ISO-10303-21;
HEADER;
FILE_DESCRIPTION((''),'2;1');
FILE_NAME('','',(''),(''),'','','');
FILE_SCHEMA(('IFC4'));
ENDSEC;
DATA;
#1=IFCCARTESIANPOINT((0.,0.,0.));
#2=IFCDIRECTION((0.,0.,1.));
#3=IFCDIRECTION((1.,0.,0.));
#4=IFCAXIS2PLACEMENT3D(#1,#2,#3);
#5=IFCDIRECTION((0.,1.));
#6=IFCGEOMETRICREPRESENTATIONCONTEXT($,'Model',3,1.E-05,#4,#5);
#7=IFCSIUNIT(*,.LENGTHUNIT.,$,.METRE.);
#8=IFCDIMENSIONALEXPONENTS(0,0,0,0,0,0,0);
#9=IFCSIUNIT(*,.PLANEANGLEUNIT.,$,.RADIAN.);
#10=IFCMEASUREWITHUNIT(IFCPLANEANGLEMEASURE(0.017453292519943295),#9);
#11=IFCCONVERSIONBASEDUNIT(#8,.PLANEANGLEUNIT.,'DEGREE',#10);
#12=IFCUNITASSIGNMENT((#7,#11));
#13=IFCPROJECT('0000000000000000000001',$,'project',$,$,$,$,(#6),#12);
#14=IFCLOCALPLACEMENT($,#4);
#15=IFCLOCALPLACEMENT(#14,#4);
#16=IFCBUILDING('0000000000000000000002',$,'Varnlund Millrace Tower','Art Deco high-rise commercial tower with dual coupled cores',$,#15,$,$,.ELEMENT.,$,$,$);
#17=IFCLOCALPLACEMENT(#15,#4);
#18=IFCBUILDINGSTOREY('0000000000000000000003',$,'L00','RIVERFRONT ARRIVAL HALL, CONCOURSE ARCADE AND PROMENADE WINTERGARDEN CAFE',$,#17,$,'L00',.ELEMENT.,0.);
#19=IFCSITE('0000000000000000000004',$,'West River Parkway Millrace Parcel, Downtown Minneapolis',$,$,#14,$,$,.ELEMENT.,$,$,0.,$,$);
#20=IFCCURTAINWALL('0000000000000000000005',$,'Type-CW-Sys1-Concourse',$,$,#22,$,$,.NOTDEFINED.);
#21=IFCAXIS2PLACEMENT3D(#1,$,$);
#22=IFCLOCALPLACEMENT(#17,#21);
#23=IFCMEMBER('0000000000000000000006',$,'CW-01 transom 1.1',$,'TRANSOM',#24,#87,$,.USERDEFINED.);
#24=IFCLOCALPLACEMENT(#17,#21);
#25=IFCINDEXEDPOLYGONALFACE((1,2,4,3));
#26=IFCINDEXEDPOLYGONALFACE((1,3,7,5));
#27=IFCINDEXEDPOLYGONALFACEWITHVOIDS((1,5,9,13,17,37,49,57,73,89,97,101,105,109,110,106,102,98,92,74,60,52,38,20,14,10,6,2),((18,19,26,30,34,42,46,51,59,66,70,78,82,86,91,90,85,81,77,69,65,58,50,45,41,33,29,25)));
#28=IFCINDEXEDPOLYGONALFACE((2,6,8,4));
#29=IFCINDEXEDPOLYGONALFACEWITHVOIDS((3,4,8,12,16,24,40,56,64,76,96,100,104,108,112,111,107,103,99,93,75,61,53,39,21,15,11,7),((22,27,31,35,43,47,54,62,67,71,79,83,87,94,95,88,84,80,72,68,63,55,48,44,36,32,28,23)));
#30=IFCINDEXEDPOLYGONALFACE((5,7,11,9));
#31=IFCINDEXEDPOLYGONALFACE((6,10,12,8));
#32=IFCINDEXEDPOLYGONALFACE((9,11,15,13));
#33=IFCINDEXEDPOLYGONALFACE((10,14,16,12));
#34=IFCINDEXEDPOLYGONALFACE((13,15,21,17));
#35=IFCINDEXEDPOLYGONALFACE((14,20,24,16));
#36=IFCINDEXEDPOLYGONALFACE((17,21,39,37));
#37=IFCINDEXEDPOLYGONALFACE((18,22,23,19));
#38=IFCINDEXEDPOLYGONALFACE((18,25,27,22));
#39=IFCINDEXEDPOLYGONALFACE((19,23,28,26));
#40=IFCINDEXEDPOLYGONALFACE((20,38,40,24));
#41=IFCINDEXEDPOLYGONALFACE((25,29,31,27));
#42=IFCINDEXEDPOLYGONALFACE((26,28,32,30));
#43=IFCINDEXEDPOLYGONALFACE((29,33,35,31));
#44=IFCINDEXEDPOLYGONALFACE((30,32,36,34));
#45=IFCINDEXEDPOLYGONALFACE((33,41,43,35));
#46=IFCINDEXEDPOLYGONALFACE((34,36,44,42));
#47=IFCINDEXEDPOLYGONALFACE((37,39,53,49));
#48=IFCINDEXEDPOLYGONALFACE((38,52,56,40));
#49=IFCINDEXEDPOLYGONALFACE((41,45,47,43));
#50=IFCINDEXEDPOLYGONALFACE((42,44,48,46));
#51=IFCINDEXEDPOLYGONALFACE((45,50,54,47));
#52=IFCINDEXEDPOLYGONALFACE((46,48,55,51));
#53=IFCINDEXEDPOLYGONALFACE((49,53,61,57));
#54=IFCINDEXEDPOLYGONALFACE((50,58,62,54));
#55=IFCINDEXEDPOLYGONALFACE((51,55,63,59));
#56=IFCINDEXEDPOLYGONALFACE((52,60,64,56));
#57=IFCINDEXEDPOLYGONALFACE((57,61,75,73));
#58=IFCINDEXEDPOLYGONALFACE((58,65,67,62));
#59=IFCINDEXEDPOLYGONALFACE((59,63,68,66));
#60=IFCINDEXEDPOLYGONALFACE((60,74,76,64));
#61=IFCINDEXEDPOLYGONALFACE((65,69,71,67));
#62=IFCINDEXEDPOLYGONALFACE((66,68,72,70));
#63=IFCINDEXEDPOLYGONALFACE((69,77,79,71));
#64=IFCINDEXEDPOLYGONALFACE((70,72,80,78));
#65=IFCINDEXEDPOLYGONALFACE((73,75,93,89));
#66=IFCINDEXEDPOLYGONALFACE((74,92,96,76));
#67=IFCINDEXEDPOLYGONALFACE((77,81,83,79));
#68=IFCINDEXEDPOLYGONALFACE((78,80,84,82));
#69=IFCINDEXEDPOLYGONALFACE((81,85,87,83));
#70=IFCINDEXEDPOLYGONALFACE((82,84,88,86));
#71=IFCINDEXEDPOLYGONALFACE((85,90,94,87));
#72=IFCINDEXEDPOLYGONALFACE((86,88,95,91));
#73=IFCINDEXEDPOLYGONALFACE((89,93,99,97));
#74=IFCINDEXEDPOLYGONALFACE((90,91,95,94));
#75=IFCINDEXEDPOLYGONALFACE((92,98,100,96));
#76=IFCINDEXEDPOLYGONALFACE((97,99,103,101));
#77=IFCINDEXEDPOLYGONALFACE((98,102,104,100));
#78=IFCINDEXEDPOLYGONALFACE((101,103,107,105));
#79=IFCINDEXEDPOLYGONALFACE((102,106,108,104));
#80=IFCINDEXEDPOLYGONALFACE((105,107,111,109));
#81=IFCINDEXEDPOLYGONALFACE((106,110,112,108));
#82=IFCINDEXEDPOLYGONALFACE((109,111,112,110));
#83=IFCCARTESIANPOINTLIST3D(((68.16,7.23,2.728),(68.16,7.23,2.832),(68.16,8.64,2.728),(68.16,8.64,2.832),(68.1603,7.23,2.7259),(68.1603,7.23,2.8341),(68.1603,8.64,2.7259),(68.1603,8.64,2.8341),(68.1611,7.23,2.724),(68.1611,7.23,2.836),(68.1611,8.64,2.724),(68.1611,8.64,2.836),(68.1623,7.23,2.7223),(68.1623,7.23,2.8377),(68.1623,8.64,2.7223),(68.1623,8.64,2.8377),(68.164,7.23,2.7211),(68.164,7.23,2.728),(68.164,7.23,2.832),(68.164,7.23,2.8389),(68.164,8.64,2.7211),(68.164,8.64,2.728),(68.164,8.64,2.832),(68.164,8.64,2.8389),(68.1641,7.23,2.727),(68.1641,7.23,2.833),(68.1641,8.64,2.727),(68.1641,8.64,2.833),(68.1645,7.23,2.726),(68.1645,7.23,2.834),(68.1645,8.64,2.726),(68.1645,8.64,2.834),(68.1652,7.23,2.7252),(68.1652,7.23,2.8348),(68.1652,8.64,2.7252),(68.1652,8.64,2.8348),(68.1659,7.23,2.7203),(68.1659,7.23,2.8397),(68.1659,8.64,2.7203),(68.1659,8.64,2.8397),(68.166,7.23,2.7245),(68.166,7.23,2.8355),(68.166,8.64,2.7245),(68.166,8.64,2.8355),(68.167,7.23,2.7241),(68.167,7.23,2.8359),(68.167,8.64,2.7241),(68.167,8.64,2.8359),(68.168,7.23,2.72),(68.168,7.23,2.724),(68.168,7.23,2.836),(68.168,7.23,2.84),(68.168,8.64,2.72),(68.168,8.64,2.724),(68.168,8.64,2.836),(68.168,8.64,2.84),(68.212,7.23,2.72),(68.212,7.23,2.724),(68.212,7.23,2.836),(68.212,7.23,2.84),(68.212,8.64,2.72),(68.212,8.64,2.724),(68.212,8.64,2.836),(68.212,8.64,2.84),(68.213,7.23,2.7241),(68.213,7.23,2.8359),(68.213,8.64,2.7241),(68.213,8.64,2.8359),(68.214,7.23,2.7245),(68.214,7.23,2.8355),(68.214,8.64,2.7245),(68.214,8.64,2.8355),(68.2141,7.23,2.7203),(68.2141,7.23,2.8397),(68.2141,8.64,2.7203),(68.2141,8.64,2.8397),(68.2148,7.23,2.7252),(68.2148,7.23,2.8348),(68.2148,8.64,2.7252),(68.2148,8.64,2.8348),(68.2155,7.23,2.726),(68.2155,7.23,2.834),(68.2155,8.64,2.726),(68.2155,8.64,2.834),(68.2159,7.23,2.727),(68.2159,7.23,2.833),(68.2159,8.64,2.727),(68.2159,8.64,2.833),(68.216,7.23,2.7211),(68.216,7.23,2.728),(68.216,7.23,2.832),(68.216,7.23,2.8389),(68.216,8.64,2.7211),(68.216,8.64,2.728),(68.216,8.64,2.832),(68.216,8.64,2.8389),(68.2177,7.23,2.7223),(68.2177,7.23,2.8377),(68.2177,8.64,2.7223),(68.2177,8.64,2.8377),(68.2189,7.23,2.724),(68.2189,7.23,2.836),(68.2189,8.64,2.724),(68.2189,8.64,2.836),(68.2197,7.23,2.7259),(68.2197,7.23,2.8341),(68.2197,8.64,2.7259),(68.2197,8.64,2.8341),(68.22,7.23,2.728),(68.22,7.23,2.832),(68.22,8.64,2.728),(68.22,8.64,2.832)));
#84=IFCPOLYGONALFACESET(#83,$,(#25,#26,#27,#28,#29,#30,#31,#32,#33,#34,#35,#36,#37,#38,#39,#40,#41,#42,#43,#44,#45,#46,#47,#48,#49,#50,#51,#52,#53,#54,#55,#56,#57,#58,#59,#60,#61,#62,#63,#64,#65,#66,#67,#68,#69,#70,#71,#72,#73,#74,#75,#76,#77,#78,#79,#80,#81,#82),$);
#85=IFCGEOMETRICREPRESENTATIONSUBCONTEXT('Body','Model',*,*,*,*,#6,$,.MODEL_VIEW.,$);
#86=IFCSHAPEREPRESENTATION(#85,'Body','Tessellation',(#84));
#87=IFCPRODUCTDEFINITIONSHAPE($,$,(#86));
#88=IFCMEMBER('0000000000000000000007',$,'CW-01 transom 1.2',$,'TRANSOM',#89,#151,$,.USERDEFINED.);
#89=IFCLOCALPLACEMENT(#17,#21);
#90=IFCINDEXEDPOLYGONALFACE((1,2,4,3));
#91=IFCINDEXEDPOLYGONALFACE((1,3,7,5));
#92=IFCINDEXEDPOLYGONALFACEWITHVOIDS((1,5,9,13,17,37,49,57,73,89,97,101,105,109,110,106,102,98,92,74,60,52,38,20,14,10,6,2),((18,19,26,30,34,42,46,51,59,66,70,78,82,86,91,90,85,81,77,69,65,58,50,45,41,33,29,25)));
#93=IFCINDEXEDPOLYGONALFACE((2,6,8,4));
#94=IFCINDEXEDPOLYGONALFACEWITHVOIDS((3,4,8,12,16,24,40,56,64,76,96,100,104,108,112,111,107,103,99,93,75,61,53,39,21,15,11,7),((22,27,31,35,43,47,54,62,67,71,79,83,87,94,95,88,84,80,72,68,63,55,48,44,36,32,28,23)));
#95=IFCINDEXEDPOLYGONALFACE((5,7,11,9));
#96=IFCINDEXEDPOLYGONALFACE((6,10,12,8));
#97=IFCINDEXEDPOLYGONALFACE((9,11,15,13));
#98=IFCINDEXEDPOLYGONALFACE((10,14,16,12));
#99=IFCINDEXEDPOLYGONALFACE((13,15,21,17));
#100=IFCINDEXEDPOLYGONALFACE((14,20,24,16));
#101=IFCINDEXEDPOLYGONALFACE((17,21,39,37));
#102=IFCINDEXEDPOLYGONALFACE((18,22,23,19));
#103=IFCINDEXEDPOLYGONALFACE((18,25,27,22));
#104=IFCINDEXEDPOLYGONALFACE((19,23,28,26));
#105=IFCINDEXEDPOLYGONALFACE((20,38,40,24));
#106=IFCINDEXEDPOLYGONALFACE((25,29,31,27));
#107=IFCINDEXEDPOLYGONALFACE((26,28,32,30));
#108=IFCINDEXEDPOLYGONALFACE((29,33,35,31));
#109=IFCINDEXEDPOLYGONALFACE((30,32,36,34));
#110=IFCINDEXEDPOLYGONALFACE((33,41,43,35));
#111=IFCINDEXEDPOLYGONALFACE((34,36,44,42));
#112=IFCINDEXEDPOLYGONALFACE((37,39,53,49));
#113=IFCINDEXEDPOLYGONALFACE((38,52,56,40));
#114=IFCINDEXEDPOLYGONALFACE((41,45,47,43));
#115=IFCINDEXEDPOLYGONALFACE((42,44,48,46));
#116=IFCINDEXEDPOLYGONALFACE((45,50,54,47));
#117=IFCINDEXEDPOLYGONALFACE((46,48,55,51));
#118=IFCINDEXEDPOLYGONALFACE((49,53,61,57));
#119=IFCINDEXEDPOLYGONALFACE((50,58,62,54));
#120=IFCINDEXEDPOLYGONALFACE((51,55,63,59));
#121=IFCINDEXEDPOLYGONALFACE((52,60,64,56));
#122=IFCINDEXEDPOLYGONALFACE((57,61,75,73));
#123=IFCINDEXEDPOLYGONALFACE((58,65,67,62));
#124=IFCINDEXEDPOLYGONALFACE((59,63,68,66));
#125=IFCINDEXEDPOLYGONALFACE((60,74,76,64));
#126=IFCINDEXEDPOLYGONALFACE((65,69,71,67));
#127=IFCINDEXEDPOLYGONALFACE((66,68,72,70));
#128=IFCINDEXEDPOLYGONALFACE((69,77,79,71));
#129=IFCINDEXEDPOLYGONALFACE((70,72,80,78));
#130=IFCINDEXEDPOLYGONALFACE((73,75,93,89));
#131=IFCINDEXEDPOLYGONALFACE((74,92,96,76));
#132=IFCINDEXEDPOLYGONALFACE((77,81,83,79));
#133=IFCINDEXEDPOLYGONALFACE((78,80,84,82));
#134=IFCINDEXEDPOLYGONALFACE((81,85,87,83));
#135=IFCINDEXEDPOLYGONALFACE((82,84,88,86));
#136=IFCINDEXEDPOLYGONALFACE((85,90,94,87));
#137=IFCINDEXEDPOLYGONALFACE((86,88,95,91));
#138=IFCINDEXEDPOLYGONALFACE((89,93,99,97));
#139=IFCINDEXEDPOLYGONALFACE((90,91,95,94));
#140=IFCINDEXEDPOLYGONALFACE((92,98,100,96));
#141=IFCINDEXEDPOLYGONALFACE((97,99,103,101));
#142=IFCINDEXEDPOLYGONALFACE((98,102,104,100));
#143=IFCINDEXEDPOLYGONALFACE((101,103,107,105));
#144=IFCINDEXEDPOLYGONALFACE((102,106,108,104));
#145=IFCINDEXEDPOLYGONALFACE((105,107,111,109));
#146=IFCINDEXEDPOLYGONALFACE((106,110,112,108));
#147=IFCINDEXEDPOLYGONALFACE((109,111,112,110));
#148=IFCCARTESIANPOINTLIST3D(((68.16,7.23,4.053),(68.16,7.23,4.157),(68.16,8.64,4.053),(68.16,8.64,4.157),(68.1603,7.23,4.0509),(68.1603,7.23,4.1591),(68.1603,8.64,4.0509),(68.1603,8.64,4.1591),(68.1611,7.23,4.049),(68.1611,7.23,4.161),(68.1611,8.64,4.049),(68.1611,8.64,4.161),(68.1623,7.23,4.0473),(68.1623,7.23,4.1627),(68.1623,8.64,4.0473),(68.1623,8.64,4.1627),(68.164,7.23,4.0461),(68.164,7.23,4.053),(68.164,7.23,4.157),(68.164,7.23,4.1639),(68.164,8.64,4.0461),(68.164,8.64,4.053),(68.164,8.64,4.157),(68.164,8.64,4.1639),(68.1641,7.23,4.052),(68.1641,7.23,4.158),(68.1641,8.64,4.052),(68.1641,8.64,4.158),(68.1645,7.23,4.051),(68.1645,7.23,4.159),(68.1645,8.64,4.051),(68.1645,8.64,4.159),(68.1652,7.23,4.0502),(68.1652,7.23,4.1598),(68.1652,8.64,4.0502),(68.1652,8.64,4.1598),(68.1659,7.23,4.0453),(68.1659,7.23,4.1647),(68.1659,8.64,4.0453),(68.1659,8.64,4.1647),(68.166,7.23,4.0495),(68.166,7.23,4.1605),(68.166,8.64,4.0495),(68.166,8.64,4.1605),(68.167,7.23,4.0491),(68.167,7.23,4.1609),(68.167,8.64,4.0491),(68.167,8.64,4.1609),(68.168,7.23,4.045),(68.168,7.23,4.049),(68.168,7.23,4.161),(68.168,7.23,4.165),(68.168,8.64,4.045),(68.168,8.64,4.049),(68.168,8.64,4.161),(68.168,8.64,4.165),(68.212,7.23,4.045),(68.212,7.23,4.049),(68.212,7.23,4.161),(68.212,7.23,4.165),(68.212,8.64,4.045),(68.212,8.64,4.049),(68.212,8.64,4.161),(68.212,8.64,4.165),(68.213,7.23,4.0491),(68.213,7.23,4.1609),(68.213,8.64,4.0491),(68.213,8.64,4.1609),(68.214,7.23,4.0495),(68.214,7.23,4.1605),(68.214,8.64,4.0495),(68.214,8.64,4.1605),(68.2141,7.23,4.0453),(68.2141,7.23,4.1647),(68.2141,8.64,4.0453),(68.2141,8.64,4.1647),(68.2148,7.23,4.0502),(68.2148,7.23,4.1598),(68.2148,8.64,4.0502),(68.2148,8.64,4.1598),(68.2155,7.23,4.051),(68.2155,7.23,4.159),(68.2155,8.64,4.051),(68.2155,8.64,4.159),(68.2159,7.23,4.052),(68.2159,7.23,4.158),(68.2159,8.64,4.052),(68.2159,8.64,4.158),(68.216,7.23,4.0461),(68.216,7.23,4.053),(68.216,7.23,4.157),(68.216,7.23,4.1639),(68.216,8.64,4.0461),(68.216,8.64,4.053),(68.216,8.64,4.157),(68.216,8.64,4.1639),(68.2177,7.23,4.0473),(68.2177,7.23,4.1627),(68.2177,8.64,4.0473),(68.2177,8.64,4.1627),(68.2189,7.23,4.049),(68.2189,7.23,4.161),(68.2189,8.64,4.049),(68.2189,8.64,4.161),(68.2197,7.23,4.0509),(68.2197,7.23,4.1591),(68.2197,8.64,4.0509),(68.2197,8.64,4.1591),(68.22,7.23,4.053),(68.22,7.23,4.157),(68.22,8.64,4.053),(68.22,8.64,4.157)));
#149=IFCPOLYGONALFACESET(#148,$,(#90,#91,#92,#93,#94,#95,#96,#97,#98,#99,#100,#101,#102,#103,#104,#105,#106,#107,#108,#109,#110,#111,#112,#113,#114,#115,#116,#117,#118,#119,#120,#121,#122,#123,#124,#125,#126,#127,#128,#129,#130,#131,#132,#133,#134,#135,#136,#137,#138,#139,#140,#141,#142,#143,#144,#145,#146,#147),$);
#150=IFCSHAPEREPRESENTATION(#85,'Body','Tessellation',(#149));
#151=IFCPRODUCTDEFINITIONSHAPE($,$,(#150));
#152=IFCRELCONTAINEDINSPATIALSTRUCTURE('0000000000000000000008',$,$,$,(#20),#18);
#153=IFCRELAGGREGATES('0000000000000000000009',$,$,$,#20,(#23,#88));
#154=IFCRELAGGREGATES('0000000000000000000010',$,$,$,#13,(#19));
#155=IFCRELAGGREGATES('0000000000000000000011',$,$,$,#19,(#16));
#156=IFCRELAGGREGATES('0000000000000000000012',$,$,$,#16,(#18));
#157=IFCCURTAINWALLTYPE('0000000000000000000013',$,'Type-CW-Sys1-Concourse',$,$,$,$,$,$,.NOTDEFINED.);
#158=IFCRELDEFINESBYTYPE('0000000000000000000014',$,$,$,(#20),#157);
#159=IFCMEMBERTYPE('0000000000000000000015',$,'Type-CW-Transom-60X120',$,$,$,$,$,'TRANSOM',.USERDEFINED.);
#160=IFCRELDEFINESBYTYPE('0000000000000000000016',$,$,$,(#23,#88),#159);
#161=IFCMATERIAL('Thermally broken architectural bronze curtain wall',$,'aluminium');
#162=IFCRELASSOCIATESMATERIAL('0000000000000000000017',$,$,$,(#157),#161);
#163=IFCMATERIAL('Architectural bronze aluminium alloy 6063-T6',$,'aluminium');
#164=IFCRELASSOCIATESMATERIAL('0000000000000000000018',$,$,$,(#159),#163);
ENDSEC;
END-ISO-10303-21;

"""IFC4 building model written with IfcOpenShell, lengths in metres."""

from ifc_helpers import new_model, entity, si_unit, converted_unit, direction, frame, origin_with_axes, origin_2d_with_axis, place, context, subcontext, project, spatial, hollow_rectangle, extrude, material, material_profile, profile_set, type_object, element, aggregate, save


model = new_model("IFC4")

# Units and contexts
model_context = context("Model", 3, precision=1e-05, world=origin_with_axes(), true_north=direction((0.0, 1.0)))
body_context = subcontext(model_context, "Body", "Model", "MODEL_VIEW")
ifc_project = project(units=[si_unit("LENGTHUNIT", "METRE"), converted_unit("PLANEANGLEUNIT", "DEGREE", entity("IfcPlaneAngleMeasure", 0.017453292519943295), si_unit("PLANEANGLEUNIT", "RADIAN"), dimensions=[0, 0, 0, 0, 0, 0, 0])], contexts=[model_context])

# Site, building, storey
site_placement = place(None, origin_with_axes())
site = spatial("IfcSite", under=ifc_project, at=site_placement, Name="West River Parkway Millrace Parcel, Downtown Minneapolis", CompositionType="ELEMENT", RefElevation=0.0)
building_placement = place(site_placement, origin_with_axes())
building = spatial("IfcBuilding", under=site, at=building_placement, Name="Varnlund Millrace Tower", Description="Art Deco high-rise commercial tower with dual coupled cores", CompositionType="ELEMENT")
storey_placement = place(building_placement, origin_with_axes())
storey = spatial("IfcBuildingStorey", under=building, at=storey_placement, Name="L00", Description="RIVERFRONT ARRIVAL HALL, CONCOURSE ARCADE AND PROMENADE WINTERGARDEN CAFE", LongName="L00", CompositionType="ELEMENT", Elevation=0.0)

# Curtain wall, members
ifc_material_1 = material(Name="Thermally broken architectural bronze curtain wall", Category="aluminium")
curtain_wall_type = type_object("IfcCurtainWallType", Name="Type-CW-Sys1-Concourse", PredefinedType="NOTDEFINED", material=ifc_material_1)
curtain_wall_placement = place(storey_placement, frame((68.19, 8.7, 2.75), z_axis=(0.0, 0.0, 1.0), x_axis=(1.0, 0.0, 0.0)))
curtain_wall = element("IfcCurtainWall", 1, at=curtain_wall_placement, inside=storey, type_object=curtain_wall_type, Name="Type-CW-Sys1-Concourse", PredefinedType="NOTDEFINED")
ifc_material_2 = material(Name="Architectural bronze aluminium alloy 6063-T6", Category="aluminium")
ifc_material_profile_1 = material_profile(ifc_material_2, hollow_rectangle(XDim=0.06, YDim=0.12, WallThickness=0.004, InnerFilletRadius=0.004, OuterFilletRadius=0.008, at=origin_2d_with_axis()), Name="Architectural bronze aluminium alloy 6063-T6")
ifc_profile_set_1 = profile_set([ifc_material_profile_1], Name="Architectural bronze aluminium alloy 6063-T6")
member_type_1 = type_object("IfcMemberType", Name="Type-CW-Transom-60X120", ElementType="TRANSOM", PredefinedType="USERDEFINED", material=ifc_profile_set_1)
member_1_placement = place(storey_placement, frame((68.19, 8.64, 2.78), z_axis=(0.0, -1.0, 0.0), x_axis=(1.0, 0.0, 0.0)))
member_1 = element("IfcMember", 2, at=member_1_placement, type_object=member_type_1, Name="CW-01 transom 1.1", ObjectType="TRANSOM", PredefinedType="USERDEFINED", context=body_context, shape_type="SweptSolid", body=[
    extrude(hollow_rectangle(XDim=0.06, YDim=0.12, WallThickness=0.004, InnerFilletRadius=0.004, OuterFilletRadius=0.008, at=origin_2d_with_axis()), origin_with_axes(), (0.0, 0.0, 1.0), 1.41),
])
member_2_placement = place(storey_placement, frame((68.19, 8.64, 4.105), z_axis=(0.0, -1.0, 0.0), x_axis=(1.0, 0.0, 0.0)))
member_2 = element("IfcMember", 3, at=member_2_placement, type_object=member_type_1, Name="CW-01 transom 1.2", ObjectType="TRANSOM", PredefinedType="USERDEFINED", context=body_context, shape_type="SweptSolid", body=[
    extrude(hollow_rectangle(XDim=0.06, YDim=0.12, WallThickness=0.004, InnerFilletRadius=0.004, OuterFilletRadius=0.008, at=origin_2d_with_axis()), origin_with_axes(), (0.0, 0.0, 1.0), 1.41),
])

aggregate(curtain_wall, [member_1, member_2])

save(model, "model.ifc")
